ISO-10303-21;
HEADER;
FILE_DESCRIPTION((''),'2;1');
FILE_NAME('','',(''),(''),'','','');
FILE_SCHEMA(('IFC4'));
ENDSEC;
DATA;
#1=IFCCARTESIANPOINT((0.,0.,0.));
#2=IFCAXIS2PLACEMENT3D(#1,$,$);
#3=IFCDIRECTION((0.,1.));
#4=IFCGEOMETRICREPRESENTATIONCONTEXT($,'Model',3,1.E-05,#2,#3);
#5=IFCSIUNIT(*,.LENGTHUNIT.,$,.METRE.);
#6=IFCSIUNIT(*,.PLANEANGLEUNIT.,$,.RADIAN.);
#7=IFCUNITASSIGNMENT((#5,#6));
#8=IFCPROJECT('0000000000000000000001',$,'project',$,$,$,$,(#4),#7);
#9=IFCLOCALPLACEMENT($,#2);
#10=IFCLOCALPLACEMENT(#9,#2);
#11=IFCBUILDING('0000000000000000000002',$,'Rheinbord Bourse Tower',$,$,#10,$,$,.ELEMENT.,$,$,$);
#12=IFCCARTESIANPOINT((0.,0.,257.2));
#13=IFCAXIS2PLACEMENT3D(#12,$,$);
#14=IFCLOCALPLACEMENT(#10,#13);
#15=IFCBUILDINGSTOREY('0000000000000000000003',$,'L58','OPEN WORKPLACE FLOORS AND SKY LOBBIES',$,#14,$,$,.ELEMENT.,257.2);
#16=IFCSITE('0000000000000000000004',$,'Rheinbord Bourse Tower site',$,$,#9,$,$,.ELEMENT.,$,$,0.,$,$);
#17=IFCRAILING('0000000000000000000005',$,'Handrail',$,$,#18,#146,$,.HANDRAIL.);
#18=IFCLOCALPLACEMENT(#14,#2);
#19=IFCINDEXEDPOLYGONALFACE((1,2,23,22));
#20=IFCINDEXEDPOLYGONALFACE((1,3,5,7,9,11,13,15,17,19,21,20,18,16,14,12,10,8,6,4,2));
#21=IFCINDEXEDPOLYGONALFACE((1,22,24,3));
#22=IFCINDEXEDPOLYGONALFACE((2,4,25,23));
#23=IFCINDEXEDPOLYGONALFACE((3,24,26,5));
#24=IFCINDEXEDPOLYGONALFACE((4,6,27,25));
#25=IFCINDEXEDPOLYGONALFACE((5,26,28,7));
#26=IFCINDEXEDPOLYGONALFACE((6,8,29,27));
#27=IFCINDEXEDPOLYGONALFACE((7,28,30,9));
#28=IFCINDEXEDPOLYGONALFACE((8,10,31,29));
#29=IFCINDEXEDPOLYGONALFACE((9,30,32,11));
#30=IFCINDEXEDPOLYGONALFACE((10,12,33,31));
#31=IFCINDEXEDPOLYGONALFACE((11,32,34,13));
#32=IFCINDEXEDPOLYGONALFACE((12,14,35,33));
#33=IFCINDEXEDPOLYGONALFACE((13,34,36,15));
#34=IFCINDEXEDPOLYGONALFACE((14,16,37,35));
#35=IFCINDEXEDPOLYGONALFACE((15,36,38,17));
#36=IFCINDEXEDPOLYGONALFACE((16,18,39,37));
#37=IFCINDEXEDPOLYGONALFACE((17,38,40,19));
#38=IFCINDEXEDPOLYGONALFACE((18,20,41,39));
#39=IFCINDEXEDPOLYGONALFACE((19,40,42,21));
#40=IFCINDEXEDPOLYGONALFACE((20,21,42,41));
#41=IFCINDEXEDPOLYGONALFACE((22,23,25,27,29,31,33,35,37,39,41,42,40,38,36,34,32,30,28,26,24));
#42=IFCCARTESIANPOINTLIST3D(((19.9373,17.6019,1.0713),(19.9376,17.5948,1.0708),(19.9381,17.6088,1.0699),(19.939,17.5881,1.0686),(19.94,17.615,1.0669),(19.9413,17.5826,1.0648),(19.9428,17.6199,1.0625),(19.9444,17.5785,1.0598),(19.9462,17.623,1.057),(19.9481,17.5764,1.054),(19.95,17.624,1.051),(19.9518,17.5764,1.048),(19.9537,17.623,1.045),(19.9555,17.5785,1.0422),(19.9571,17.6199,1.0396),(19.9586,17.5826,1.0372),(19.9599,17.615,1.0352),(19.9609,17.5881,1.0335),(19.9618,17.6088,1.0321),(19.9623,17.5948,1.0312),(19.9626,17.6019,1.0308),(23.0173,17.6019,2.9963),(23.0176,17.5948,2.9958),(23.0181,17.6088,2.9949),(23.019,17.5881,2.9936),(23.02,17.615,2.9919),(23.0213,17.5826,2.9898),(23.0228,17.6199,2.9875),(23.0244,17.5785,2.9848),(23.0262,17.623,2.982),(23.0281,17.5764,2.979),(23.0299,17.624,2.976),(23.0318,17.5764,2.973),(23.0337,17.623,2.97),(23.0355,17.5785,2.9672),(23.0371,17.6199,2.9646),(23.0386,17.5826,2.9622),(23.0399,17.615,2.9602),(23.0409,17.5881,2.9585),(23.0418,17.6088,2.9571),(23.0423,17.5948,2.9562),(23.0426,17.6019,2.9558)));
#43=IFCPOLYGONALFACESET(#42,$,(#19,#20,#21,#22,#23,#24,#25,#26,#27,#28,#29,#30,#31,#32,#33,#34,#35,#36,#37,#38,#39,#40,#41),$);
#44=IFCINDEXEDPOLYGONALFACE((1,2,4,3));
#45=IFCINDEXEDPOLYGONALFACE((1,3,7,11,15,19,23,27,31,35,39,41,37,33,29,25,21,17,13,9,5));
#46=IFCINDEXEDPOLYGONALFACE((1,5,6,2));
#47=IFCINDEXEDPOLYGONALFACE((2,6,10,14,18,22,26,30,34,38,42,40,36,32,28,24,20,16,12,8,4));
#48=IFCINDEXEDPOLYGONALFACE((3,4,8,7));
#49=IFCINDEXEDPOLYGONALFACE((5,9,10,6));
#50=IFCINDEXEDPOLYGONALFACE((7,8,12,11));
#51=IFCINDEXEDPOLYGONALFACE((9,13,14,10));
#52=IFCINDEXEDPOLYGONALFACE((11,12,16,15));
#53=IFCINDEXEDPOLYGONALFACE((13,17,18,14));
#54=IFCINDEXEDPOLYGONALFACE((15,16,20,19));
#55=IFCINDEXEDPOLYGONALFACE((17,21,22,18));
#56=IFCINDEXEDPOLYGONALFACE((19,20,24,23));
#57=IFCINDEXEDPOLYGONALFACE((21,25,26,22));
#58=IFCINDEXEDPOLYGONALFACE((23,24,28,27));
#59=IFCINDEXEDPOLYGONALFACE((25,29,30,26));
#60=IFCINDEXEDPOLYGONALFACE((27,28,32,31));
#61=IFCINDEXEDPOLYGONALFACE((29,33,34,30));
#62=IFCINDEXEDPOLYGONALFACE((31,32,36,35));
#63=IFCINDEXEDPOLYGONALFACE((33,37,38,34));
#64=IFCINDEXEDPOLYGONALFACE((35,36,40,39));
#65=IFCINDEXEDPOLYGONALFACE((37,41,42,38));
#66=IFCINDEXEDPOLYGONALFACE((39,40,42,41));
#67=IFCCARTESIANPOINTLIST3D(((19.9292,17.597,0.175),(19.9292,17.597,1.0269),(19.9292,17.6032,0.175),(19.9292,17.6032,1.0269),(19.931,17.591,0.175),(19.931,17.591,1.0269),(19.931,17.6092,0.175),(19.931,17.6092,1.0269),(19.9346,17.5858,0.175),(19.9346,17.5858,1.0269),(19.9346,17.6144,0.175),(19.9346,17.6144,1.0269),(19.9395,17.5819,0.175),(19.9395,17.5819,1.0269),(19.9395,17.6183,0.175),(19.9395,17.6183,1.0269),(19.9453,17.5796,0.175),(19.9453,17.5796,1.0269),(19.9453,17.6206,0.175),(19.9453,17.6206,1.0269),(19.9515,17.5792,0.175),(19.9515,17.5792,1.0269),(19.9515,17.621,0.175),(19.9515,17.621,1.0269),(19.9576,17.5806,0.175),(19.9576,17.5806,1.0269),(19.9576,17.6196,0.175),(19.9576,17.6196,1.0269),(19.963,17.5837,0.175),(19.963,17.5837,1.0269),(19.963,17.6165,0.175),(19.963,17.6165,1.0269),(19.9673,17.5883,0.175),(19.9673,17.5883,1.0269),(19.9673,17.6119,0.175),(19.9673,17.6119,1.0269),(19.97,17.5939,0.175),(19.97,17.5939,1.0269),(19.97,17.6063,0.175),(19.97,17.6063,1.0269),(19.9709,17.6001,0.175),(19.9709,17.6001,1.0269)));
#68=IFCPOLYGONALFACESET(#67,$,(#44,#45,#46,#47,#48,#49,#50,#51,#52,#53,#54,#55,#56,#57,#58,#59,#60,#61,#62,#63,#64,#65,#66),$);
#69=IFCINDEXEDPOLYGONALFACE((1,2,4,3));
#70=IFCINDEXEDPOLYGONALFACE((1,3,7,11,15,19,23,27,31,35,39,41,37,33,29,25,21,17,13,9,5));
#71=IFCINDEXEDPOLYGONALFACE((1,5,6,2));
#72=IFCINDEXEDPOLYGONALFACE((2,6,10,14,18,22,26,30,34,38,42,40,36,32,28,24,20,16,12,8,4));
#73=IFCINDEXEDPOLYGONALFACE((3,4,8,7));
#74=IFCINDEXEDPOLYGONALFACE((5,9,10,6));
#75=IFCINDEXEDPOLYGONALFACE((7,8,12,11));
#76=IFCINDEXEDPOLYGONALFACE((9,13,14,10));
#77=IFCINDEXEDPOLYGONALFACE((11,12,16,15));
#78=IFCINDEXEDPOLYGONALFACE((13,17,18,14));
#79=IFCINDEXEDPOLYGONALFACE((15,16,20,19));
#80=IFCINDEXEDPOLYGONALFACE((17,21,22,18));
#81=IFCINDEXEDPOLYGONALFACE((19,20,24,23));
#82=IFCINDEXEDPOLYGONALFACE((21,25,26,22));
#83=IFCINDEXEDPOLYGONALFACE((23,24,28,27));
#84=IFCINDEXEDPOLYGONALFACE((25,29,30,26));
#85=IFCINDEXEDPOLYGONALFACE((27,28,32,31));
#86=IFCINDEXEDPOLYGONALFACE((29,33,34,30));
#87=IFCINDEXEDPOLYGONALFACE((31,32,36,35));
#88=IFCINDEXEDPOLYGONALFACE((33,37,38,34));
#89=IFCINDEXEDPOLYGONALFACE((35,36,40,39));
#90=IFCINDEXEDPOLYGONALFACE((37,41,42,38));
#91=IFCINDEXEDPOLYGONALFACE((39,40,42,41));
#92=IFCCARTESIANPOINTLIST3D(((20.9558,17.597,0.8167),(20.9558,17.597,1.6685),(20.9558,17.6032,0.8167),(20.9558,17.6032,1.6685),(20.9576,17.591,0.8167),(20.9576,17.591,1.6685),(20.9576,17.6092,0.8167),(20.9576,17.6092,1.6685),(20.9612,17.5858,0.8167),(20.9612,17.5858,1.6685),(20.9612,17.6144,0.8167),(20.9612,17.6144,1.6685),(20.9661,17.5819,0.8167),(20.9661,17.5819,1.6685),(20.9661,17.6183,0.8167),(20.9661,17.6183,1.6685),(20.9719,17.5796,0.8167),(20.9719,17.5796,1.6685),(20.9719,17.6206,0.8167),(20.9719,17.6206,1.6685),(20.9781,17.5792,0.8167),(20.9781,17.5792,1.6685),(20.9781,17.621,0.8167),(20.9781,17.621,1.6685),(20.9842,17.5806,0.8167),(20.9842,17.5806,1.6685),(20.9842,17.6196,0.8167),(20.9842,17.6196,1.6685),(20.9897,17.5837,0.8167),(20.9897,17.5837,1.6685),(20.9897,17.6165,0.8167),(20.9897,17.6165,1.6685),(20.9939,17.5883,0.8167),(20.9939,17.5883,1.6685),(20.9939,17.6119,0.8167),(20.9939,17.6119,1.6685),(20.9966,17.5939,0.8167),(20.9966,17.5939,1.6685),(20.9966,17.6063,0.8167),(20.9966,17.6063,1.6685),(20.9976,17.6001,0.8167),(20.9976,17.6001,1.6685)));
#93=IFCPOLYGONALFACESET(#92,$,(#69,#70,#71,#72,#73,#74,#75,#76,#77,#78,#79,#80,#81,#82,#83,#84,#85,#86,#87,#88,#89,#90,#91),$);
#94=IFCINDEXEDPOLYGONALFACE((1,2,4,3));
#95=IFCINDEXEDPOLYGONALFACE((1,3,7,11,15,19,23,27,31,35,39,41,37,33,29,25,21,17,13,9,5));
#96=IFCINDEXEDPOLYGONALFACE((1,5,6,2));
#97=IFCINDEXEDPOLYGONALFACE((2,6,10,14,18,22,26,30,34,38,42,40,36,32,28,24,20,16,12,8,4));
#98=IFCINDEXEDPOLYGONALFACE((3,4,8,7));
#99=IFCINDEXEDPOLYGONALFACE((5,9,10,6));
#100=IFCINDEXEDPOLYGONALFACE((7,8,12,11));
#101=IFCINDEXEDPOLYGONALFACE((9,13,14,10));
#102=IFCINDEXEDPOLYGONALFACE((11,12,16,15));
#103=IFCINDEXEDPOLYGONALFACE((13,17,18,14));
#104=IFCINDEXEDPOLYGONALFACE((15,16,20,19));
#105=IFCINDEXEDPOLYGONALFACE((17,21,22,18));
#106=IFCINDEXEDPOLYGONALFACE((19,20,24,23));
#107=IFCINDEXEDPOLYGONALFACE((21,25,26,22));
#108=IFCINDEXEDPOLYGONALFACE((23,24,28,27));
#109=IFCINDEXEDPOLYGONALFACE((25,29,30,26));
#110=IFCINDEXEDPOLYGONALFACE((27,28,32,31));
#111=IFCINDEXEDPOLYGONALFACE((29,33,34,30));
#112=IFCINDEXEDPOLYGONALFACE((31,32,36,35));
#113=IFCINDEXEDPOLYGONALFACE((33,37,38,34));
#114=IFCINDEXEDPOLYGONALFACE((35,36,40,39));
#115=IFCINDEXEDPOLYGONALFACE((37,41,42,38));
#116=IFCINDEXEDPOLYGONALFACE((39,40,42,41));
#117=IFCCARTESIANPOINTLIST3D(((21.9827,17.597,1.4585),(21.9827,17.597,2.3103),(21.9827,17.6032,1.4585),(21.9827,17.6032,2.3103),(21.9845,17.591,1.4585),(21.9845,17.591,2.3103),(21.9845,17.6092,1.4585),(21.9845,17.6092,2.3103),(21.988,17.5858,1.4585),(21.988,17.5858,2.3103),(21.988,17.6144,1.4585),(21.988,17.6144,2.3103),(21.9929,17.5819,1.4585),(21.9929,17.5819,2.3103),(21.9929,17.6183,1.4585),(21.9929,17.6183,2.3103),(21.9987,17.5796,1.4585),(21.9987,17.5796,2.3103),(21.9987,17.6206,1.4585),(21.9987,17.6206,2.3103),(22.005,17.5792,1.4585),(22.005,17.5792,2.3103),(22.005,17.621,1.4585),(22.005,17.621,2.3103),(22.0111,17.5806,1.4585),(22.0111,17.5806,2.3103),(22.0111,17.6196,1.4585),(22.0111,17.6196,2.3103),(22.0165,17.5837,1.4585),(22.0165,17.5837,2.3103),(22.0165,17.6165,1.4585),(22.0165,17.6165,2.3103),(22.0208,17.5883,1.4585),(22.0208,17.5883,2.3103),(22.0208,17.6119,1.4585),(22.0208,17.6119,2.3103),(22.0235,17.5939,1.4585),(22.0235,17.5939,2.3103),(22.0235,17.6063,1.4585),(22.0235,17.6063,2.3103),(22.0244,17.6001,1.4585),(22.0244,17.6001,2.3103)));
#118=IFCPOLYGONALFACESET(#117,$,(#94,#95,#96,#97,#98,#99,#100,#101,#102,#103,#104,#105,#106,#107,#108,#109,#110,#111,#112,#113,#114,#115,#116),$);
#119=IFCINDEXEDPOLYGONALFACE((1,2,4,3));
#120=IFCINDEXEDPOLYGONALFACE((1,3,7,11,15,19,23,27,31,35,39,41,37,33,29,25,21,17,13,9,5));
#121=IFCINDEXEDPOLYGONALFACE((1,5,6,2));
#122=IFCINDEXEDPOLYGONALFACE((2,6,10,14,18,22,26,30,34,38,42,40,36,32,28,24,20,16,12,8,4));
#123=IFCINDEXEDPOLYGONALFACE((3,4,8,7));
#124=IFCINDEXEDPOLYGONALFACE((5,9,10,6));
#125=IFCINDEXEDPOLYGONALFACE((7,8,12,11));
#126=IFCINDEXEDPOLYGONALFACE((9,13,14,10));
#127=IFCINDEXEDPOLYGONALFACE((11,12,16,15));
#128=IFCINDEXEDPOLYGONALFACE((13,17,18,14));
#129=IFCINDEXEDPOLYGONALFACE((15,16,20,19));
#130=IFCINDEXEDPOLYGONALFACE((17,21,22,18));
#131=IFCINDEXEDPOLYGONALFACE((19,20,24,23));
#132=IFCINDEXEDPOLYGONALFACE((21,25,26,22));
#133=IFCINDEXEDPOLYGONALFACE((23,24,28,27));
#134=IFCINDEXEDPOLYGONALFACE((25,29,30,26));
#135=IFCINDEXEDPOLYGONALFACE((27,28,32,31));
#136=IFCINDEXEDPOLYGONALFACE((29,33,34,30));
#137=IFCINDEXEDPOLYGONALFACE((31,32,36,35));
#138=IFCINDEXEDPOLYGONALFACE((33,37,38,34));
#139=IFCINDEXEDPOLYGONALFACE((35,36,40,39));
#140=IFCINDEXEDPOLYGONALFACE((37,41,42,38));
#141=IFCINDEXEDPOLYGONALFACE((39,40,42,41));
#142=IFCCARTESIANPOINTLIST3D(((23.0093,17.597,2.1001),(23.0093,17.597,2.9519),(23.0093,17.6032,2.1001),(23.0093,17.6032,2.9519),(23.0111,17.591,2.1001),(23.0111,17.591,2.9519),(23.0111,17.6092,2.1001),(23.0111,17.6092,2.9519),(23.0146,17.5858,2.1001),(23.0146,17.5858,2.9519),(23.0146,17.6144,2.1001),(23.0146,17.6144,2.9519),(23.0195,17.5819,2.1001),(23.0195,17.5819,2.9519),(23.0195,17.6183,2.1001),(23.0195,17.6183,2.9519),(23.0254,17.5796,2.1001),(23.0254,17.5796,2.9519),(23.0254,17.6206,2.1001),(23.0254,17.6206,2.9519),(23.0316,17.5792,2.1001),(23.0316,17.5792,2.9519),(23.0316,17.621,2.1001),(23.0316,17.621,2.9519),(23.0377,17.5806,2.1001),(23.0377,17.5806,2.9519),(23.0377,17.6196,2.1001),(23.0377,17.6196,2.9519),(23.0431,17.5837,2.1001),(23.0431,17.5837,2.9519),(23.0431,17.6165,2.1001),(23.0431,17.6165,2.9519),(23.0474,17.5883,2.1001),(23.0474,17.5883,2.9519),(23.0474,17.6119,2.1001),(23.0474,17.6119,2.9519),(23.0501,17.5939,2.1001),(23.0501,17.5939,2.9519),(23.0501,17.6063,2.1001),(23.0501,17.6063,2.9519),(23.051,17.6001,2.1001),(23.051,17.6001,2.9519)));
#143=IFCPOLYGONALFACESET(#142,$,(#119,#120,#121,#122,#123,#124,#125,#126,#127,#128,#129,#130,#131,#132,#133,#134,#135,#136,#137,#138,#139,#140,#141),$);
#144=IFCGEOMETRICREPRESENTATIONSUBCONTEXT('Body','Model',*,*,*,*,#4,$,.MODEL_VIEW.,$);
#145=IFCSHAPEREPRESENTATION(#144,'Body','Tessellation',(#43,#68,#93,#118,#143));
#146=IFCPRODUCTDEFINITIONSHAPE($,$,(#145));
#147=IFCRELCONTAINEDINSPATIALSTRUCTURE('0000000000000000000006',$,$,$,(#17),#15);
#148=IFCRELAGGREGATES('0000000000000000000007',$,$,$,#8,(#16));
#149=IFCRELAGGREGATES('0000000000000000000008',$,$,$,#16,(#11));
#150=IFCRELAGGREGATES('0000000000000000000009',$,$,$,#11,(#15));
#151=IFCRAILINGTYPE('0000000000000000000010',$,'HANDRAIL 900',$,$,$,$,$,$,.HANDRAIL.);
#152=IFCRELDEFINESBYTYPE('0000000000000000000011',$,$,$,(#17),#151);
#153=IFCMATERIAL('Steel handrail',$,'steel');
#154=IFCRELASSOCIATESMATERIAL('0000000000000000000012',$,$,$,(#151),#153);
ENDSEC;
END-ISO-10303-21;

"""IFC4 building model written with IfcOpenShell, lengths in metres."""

from ifc_helpers import new_model, si_unit, direction, frame, origin, origin_2d, place, context, subcontext, project, spatial, circle, extrude, material, type_object, element, save


model = new_model("IFC4")

# Units and contexts
model_context = context("Model", 3, precision=1e-05, world=origin(), true_north=direction((0.0, 1.0)))
body_context = subcontext(model_context, "Body", "Model", "MODEL_VIEW")
ifc_project = project(units=[si_unit("LENGTHUNIT", "METRE"), si_unit("PLANEANGLEUNIT", "RADIAN")], contexts=[model_context])

# Site, building, storey
site_placement = place(None, origin())
site = spatial("IfcSite", under=ifc_project, at=site_placement, Name="Rheinbord Bourse Tower site", CompositionType="ELEMENT", RefElevation=0.0)
building_placement = place(site_placement, origin())
building = spatial("IfcBuilding", under=site, at=building_placement, Name="Rheinbord Bourse Tower", CompositionType="ELEMENT")
storey_placement = place(building_placement, frame((0.0, 0.0, 257.2)))
storey = spatial("IfcBuildingStorey", under=building, at=storey_placement, Name="L58", Description="OPEN WORKPLACE FLOORS AND SKY LOBBIES", CompositionType="ELEMENT", Elevation=257.2)

# Railing
ifc_material_1 = material(Name="Steel handrail", Category="steel")
railing_type = type_object("IfcRailingType", Name="HANDRAIL 900", PredefinedType="HANDRAIL", material=ifc_material_1)
railing_1_placement = place(storey_placement, frame((19.95, 17.6001, 0.175)))
element("IfcRailing", 1, at=railing_1_placement, inside=storey, type_object=railing_type, Name="Handrail", PredefinedType="HANDRAIL", context=body_context, shape_type="SweptSolid", body=[
    extrude(circle(Radius=0.0239, at=origin_2d()), frame((0.0, 0.0, 0.876), z_axis=(0.847998, 0.0, 0.529999), x_axis=(0.0, 1.0, 0.0)), (0.0, 0.0, 1.0), 3.6321),
    extrude(circle(Radius=0.021, at=origin_2d()), origin(), (0.0, 0.0, 1.0), 0.8518),
    extrude(circle(Radius=0.021, at=origin_2d()), frame((1.0266, 0.0, 0.6416)), (0.0, 0.0, 1.0), 0.8518),
    extrude(circle(Radius=0.021, at=origin_2d()), frame((2.0535, 0.0, 1.2834)), (0.0, 0.0, 1.0), 0.8518),
    extrude(circle(Radius=0.021, at=origin_2d()), frame((3.0801, 0.0, 1.925)), (0.0, 0.0, 1.0), 0.8518),
])

save(model, "model.ifc")
